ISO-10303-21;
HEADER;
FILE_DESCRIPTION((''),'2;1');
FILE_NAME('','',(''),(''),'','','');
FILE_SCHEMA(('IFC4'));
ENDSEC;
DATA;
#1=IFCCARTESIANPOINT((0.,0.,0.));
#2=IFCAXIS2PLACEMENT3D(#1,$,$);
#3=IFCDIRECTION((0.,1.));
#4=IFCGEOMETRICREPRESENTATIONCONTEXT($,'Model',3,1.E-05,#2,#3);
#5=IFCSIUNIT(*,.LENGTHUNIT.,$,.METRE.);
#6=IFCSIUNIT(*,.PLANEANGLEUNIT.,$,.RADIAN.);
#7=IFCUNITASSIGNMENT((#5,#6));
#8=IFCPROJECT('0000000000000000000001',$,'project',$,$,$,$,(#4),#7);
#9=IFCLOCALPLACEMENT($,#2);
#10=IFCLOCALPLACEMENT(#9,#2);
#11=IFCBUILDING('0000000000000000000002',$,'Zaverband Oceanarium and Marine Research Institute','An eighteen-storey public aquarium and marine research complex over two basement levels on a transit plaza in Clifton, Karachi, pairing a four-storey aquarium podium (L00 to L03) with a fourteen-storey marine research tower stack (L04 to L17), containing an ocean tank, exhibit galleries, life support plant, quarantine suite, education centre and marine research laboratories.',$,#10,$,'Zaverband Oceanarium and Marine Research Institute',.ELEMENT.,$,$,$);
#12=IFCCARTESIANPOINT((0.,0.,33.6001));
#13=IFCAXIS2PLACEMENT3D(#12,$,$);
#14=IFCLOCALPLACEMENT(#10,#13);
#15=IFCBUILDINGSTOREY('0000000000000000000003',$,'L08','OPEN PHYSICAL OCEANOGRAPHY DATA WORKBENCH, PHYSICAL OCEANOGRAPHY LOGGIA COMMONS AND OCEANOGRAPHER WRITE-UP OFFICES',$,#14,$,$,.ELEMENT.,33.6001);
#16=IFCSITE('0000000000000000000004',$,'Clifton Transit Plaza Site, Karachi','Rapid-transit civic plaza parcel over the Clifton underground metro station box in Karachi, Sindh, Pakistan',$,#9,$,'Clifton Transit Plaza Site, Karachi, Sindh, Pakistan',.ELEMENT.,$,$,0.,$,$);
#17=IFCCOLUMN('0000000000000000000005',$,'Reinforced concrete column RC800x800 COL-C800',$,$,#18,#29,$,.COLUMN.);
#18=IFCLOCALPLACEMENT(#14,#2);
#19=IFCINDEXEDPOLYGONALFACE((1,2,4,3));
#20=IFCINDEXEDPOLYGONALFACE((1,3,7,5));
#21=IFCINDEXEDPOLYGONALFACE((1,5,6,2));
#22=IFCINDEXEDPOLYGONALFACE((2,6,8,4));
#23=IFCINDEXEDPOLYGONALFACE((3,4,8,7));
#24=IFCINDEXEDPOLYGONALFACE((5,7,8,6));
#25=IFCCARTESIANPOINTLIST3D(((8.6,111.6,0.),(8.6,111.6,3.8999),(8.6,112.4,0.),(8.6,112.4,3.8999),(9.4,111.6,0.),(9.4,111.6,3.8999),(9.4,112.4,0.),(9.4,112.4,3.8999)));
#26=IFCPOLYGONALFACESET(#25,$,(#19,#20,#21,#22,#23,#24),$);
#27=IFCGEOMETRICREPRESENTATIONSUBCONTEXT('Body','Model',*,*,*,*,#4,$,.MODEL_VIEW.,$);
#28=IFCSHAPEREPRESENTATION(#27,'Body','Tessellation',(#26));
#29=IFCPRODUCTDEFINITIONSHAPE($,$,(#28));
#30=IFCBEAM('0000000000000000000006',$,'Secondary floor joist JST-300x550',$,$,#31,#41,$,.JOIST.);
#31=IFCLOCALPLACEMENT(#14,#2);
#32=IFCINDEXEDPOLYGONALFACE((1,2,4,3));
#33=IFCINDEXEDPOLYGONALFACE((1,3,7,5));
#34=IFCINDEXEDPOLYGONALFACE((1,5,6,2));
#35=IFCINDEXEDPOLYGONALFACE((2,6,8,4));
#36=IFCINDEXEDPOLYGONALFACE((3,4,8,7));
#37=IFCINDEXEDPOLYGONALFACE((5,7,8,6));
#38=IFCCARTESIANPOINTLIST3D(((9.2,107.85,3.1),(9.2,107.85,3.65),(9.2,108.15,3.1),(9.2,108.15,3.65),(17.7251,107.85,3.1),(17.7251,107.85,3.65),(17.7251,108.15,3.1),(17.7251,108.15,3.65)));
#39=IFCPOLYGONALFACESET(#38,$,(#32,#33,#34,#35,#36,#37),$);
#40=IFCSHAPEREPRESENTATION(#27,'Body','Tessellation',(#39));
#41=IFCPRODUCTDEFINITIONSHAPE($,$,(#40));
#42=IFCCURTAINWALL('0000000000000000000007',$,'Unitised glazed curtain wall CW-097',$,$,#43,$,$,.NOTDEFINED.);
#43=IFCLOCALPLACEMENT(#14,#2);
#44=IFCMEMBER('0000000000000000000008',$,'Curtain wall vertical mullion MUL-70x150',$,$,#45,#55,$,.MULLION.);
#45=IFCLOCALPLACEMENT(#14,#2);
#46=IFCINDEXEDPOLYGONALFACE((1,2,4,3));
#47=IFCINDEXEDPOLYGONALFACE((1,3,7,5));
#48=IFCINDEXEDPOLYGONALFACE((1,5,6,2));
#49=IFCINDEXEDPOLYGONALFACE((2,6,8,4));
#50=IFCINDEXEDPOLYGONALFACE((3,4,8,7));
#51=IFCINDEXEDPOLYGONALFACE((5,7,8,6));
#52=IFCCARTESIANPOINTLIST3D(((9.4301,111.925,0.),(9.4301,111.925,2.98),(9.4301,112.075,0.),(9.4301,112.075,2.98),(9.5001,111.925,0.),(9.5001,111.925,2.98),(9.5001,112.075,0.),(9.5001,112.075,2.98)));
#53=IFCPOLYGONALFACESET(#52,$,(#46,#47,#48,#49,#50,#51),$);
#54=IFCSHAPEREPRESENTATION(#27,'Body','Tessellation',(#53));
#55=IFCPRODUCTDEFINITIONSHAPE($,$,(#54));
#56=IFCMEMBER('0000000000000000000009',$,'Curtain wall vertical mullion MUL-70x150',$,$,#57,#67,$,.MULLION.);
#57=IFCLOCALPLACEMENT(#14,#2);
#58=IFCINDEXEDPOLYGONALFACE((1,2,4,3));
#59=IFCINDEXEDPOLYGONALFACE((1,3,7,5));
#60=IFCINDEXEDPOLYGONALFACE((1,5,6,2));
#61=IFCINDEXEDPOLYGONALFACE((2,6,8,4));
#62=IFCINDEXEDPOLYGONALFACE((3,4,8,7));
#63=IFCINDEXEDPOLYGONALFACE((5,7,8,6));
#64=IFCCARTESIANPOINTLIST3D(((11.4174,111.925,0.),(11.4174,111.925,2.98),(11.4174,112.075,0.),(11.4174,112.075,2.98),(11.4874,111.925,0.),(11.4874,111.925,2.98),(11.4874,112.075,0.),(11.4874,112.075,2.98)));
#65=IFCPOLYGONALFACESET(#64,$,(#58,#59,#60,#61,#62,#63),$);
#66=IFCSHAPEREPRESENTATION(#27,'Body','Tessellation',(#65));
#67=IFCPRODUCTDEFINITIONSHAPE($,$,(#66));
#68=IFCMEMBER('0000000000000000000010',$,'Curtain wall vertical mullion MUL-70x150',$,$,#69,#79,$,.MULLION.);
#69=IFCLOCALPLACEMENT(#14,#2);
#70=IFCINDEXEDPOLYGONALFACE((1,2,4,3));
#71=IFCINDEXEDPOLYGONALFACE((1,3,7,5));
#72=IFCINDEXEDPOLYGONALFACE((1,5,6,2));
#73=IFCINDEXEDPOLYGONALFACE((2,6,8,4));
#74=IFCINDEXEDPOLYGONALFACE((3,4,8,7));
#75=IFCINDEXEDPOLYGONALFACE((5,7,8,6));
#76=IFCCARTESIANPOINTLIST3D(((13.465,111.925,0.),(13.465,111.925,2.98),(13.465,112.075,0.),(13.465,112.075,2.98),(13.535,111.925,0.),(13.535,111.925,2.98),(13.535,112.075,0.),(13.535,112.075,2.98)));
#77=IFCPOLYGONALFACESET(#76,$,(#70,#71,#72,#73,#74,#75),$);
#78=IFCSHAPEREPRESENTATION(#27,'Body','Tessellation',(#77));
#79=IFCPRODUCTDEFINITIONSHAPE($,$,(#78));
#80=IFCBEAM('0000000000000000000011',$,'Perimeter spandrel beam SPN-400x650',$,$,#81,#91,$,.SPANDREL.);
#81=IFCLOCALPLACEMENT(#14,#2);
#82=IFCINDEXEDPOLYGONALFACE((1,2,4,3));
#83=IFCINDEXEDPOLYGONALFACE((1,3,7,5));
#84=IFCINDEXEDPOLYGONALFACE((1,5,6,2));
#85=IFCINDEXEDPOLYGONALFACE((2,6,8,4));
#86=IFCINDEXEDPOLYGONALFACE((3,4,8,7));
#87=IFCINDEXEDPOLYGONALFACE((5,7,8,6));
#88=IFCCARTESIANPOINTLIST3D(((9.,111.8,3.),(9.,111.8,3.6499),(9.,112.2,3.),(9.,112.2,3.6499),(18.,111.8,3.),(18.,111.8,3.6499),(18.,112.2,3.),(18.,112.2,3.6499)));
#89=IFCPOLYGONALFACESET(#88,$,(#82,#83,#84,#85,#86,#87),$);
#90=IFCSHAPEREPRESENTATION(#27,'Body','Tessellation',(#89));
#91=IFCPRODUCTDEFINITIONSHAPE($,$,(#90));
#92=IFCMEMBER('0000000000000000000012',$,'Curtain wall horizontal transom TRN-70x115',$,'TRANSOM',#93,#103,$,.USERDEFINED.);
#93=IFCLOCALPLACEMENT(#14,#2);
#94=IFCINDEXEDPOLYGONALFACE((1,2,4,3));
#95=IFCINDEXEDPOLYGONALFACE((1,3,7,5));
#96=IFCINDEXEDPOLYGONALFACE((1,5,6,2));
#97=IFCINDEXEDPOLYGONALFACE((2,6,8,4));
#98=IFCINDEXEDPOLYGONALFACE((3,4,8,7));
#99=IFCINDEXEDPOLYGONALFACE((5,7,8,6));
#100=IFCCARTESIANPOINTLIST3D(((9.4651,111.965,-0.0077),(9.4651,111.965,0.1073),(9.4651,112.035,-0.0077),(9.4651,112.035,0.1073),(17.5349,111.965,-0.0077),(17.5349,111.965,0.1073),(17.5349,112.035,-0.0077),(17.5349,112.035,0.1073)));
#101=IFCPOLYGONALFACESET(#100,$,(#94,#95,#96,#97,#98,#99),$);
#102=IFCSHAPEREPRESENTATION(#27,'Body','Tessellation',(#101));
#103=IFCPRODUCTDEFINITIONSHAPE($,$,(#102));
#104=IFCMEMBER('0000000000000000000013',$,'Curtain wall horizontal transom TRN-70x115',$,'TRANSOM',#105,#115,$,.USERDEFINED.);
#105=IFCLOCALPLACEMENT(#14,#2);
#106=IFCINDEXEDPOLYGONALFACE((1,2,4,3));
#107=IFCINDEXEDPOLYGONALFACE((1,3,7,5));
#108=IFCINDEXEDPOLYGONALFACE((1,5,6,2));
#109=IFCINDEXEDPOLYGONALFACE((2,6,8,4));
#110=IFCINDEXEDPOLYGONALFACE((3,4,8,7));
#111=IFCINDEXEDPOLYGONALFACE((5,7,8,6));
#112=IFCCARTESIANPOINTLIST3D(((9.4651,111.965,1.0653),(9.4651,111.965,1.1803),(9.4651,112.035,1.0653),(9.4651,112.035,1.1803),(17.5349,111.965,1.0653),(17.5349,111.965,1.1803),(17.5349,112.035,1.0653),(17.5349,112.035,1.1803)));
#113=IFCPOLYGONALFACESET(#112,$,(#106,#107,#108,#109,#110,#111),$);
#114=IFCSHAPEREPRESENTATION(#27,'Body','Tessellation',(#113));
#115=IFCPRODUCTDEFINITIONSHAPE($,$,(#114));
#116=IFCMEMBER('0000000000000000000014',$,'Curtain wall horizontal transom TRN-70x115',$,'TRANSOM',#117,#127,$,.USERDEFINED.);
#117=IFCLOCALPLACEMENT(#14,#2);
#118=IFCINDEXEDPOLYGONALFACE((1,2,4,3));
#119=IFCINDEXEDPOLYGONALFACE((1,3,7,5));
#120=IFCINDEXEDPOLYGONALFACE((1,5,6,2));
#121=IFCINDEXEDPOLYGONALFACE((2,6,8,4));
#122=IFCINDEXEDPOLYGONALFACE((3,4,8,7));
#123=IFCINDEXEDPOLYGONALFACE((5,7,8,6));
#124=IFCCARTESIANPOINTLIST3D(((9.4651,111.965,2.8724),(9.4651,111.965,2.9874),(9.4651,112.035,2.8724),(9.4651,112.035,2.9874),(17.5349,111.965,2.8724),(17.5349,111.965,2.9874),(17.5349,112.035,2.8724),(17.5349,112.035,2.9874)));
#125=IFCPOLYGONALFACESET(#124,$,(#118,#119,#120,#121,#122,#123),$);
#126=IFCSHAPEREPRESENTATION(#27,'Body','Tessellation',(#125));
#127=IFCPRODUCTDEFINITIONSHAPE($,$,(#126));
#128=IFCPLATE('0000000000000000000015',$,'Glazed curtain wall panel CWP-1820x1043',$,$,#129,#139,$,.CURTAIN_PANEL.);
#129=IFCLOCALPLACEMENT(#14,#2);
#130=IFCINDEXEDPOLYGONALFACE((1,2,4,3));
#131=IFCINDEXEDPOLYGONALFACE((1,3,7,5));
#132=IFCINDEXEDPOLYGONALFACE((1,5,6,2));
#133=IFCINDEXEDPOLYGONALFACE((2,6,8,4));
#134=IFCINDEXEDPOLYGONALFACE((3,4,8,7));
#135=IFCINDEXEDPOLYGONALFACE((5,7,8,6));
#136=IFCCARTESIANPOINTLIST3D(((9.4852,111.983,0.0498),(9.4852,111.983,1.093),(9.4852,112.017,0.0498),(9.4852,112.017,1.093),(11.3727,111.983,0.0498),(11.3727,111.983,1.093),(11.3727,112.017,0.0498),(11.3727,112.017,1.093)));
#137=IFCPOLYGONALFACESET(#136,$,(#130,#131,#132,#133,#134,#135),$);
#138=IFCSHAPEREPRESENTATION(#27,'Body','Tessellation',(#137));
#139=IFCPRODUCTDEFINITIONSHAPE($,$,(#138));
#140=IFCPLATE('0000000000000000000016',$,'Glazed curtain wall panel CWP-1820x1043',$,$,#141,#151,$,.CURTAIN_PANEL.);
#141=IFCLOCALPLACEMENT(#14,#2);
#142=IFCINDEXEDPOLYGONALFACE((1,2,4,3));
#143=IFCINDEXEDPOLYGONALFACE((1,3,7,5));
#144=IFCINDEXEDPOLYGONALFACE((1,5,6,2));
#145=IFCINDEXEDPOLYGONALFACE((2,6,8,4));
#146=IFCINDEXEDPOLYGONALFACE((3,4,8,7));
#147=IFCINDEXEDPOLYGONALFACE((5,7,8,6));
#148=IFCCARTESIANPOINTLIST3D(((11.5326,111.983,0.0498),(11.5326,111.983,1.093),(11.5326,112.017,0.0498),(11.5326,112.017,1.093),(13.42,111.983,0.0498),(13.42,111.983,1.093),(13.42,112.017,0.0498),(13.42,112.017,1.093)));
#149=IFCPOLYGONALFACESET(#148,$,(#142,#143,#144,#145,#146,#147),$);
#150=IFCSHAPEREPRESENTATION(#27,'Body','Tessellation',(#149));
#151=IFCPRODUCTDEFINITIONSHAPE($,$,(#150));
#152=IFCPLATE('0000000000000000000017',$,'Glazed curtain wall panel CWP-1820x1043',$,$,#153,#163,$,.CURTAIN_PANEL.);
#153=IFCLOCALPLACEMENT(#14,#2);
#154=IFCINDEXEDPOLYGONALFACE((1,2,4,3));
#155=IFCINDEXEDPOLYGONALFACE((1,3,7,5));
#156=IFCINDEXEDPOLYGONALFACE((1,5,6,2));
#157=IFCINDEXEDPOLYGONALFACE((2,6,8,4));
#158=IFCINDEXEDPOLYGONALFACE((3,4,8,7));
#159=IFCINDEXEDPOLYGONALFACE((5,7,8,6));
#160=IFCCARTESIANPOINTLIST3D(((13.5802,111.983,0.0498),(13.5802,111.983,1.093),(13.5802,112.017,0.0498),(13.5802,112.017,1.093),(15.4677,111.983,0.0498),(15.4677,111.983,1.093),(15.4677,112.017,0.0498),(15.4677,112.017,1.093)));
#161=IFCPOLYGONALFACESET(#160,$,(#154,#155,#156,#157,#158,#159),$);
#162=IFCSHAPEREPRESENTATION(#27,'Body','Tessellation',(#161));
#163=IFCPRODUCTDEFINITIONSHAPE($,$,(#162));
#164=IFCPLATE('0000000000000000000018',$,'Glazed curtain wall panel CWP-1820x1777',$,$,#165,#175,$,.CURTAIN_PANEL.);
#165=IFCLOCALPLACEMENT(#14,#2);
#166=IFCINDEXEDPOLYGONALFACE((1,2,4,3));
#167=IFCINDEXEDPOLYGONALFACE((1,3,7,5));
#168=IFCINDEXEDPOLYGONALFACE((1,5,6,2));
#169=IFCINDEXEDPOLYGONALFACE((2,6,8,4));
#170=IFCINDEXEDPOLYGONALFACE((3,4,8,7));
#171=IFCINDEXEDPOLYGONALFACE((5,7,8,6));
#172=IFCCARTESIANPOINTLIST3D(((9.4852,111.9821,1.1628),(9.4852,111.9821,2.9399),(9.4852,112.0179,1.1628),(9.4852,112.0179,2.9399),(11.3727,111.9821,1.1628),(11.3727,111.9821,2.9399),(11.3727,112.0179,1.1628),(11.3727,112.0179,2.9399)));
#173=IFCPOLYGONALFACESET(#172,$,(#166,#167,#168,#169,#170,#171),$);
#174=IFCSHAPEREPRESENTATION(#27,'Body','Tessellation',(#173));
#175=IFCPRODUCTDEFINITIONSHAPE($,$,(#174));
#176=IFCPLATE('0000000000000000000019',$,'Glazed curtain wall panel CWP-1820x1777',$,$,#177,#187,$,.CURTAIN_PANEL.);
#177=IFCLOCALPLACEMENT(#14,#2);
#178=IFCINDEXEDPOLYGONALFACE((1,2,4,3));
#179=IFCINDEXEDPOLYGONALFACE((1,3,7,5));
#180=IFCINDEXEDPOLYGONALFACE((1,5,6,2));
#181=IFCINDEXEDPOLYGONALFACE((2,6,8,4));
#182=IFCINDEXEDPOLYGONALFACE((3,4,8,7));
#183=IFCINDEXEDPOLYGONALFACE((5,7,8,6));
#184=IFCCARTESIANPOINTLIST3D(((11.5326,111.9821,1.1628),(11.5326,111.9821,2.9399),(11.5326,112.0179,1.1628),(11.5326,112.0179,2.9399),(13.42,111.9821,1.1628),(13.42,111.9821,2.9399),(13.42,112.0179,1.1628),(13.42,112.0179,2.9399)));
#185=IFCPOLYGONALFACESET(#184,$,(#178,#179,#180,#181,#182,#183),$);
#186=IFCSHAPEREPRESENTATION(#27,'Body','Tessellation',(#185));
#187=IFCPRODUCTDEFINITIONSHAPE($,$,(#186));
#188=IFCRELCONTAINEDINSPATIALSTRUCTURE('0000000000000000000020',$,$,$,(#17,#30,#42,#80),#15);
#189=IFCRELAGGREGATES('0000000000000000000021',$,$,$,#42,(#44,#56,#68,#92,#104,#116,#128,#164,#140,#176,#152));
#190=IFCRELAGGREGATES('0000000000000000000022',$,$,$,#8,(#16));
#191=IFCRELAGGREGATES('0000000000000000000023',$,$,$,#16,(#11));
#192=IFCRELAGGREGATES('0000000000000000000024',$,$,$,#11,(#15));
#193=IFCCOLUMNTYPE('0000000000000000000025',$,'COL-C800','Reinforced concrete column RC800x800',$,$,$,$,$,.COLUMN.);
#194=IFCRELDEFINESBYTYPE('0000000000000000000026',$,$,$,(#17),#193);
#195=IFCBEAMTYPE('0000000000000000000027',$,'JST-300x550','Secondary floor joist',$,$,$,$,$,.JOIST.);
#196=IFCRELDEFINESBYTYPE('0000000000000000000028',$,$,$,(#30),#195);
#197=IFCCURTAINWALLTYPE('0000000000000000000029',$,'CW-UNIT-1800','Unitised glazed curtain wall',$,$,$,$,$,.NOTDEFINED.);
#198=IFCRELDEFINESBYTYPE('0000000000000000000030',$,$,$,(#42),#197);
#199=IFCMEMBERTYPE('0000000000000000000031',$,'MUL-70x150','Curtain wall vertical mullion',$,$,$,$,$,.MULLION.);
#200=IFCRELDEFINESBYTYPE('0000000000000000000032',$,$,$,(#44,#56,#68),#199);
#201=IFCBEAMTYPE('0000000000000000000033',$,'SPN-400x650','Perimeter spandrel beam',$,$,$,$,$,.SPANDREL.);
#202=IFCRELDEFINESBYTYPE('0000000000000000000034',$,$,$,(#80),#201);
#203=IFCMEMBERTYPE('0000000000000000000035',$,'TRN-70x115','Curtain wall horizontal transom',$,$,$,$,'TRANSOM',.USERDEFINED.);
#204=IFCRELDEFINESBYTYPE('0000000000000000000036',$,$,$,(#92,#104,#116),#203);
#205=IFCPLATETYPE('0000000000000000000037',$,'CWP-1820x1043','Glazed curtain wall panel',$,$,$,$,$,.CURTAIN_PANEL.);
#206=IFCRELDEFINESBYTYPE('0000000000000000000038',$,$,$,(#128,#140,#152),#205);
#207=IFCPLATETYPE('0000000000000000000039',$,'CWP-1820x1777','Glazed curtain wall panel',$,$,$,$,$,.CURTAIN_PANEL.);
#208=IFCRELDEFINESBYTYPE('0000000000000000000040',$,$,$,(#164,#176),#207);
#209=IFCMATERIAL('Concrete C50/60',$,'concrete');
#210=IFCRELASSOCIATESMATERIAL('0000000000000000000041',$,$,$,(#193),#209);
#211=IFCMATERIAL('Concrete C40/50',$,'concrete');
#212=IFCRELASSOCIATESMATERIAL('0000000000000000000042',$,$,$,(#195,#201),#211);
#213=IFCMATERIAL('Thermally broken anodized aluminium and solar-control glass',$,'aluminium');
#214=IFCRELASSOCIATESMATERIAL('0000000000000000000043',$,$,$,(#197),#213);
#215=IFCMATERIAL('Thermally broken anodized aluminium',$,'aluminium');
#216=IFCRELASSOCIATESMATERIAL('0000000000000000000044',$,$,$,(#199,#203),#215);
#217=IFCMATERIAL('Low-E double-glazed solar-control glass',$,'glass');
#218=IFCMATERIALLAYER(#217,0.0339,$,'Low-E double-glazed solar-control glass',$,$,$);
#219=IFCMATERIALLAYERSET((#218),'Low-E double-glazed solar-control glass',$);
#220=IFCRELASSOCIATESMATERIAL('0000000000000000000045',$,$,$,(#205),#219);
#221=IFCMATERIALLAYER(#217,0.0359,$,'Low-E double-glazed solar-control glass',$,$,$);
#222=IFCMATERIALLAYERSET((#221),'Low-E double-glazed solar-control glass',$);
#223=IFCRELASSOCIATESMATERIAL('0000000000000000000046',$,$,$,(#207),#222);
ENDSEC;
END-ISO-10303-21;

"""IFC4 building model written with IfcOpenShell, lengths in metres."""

from ifc_helpers import new_model, si_unit, direction, frame, frame_2d, origin, origin_2d, place, context, subcontext, project, spatial, rectangle, extrude, material, layer, layer_set, material_profile, profile_set, type_object, element, aggregate, save


model = new_model("IFC4")

# Units and contexts
model_context = context("Model", 3, precision=1e-05, world=origin(), true_north=direction((0.0, 1.0)))
body_context = subcontext(model_context, "Body", "Model", "MODEL_VIEW")
ifc_project = project(units=[si_unit("LENGTHUNIT", "METRE"), si_unit("PLANEANGLEUNIT", "RADIAN")], contexts=[model_context])

# Site, building, storey
site_placement = place(None, origin())
site = spatial("IfcSite", under=ifc_project, at=site_placement, Name="Clifton Transit Plaza Site, Karachi", Description="Rapid-transit civic plaza parcel over the Clifton underground metro station box in Karachi, Sindh, Pakistan", LongName="Clifton Transit Plaza Site, Karachi, Sindh, Pakistan", CompositionType="ELEMENT", RefElevation=0.0)
building_placement = place(site_placement, origin())
building = spatial("IfcBuilding", under=site, at=building_placement, Name="Zaverband Oceanarium and Marine Research Institute", Description="An eighteen-storey public aquarium and marine research complex over two basement levels on a transit plaza in Clifton, Karachi, pairing a four-storey aquarium podium (L00 to L03) with a fourteen-storey marine research tower stack (L04 to L17), containing an ocean tank, exhibit galleries, life support plant, quarantine suite, education centre and marine research laboratories.", LongName="Zaverband Oceanarium and Marine Research Institute", CompositionType="ELEMENT")
storey_placement = place(building_placement, frame((0.0, 0.0, 33.6001)))
storey = spatial("IfcBuildingStorey", under=building, at=storey_placement, Name="L08", Description="OPEN PHYSICAL OCEANOGRAPHY DATA WORKBENCH, PHYSICAL OCEANOGRAPHY LOGGIA COMMONS AND OCEANOGRAPHER WRITE-UP OFFICES", CompositionType="ELEMENT", Elevation=33.6001)

# Column
ifc_material_1 = material(Name="Concrete C50/60", Category="concrete")
ifc_material_profile_1 = material_profile(ifc_material_1, rectangle(XDim=0.8, YDim=0.8, at=origin_2d()), Name="RC800x800")
ifc_profile_set_1 = profile_set([ifc_material_profile_1], Name="Concrete C50/60")
column_type = type_object("IfcColumnType", Name="COL-C800", Description="Reinforced concrete column RC800x800", PredefinedType="COLUMN", material=ifc_profile_set_1)
column_placement = place(storey_placement, frame((9.0, 112.0, 0.0), z_axis=(0.0, 0.0, 1.0), x_axis=(1.0, 0.0, 0.0)))
element("IfcColumn", 1, at=column_placement, inside=storey, type_object=column_type, Name="Reinforced concrete column RC800x800 COL-C800", PredefinedType="COLUMN", context=body_context, shape_type="SweptSolid", body=[
    extrude(rectangle(XDim=0.8, YDim=0.8, at=origin_2d()), origin(), (0.0, 0.0, 1.0), 3.8999),
])

# Beam
ifc_material_2 = material(Name="Concrete C40/50", Category="concrete")
ifc_material_profile_2 = material_profile(ifc_material_2, rectangle(XDim=0.3, YDim=0.55, at=origin_2d()), Name="RC300x550")
ifc_profile_set_2 = profile_set([ifc_material_profile_2], Name="Concrete C40/50")
beam_type_1 = type_object("IfcBeamType", Name="JST-300x550", Description="Secondary floor joist", PredefinedType="JOIST", material=ifc_profile_set_2)
beam_1_placement = place(storey_placement, frame((9.2, 108.0, 3.375), z_axis=(1.0, 0.0, 0.0), x_axis=(0.0, 1.0, 0.0)))
element("IfcBeam", 2, at=beam_1_placement, inside=storey, type_object=beam_type_1, Name="Secondary floor joist JST-300x550", PredefinedType="JOIST", context=body_context, shape_type="SweptSolid", body=[
    extrude(rectangle(XDim=0.3, YDim=0.55, at=origin_2d()), origin(), (0.0, 0.0, 1.0), 8.5251),
])

# Curtain wall, members
ifc_material_3 = material(Name="Thermally broken anodized aluminium and solar-control glass", Category="aluminium")
curtain_wall_type = type_object("IfcCurtainWallType", Name="CW-UNIT-1800", Description="Unitised glazed curtain wall", PredefinedType="NOTDEFINED", material=ifc_material_3)
curtain_wall_placement = place(storey_placement, origin())
curtain_wall = element("IfcCurtainWall", 3, at=curtain_wall_placement, inside=storey, type_object=curtain_wall_type, Name="Unitised glazed curtain wall CW-097", PredefinedType="NOTDEFINED")
ifc_material_4 = material(Name="Thermally broken anodized aluminium", Category="aluminium")
ifc_material_profile_3 = material_profile(ifc_material_4, rectangle(XDim=0.0701, YDim=0.1499, at=origin_2d()), Name="AL-MUL-70x150")
ifc_profile_set_3 = profile_set([ifc_material_profile_3], Name="Thermally broken anodized aluminium")
member_type_1 = type_object("IfcMemberType", Name="MUL-70x150", Description="Curtain wall vertical mullion", PredefinedType="MULLION", material=ifc_profile_set_3)
member_1_placement = place(storey_placement, frame((9.4651, 112.0, 0.0), z_axis=(0.0, 0.0, 1.0), x_axis=(1.0, 0.0, 0.0)))
member_1 = element("IfcMember", 4, at=member_1_placement, type_object=member_type_1, Name="Curtain wall vertical mullion MUL-70x150", PredefinedType="MULLION", context=body_context, shape_type="SweptSolid", body=[
    extrude(rectangle(XDim=0.0701, YDim=0.1499, at=origin_2d()), origin(), (0.0, 0.0, 1.0), 2.98),
])
member_2_placement = place(storey_placement, frame((11.4524, 112.0, 0.0), z_axis=(0.0, 0.0, 1.0), x_axis=(1.0, 0.0, 0.0)))
member_2 = element("IfcMember", 5, at=member_2_placement, type_object=member_type_1, Name="Curtain wall vertical mullion MUL-70x150", PredefinedType="MULLION", context=body_context, shape_type="SweptSolid", body=[
    extrude(rectangle(XDim=0.0701, YDim=0.1499, at=origin_2d()), origin(), (0.0, 0.0, 1.0), 2.98),
])
member_3_placement = place(storey_placement, frame((13.5, 112.0, 0.0), z_axis=(0.0, 0.0, 1.0), x_axis=(1.0, 0.0, 0.0)))
member_3 = element("IfcMember", 6, at=member_3_placement, type_object=member_type_1, Name="Curtain wall vertical mullion MUL-70x150", PredefinedType="MULLION", context=body_context, shape_type="SweptSolid", body=[
    extrude(rectangle(XDim=0.0701, YDim=0.1499, at=origin_2d()), origin(), (0.0, 0.0, 1.0), 2.98),
])

# Beam
ifc_material_profile_4 = material_profile(ifc_material_2, rectangle(XDim=0.3999, YDim=0.6499, at=origin_2d()), Name="RC400x650")
ifc_profile_set_4 = profile_set([ifc_material_profile_4], Name="Concrete C40/50")
beam_type_2 = type_object("IfcBeamType", Name="SPN-400x650", Description="Perimeter spandrel beam", PredefinedType="SPANDREL", material=ifc_profile_set_4)
beam_2_placement = place(storey_placement, frame((9.0, 112.0, 3.325), z_axis=(1.0, 0.0, 0.0), x_axis=(0.0, 1.0, 0.0)))
element("IfcBeam", 7, at=beam_2_placement, inside=storey, type_object=beam_type_2, Name="Perimeter spandrel beam SPN-400x650", PredefinedType="SPANDREL", context=body_context, shape_type="SweptSolid", body=[
    extrude(rectangle(XDim=0.3999, YDim=0.6499, at=origin_2d()), origin(), (0.0, 0.0, 1.0), 9.0),
])

# Members
ifc_material_profile_5 = material_profile(ifc_material_4, rectangle(XDim=0.0701, YDim=0.115, at=origin_2d()), Name="AL-TRN-70x115")
ifc_profile_set_5 = profile_set([ifc_material_profile_5], Name="Thermally broken anodized aluminium")
member_type_2 = type_object("IfcMemberType", Name="TRN-70x115", Description="Curtain wall horizontal transom", ElementType="TRANSOM", PredefinedType="USERDEFINED", material=ifc_profile_set_5)
member_4_placement = place(storey_placement, frame((9.4651, 112.0, 0.0498), z_axis=(1.0, 0.0, 0.0), x_axis=(0.0, 1.0, 0.0)))
member_4 = element("IfcMember", 8, at=member_4_placement, type_object=member_type_2, Name="Curtain wall horizontal transom TRN-70x115", ObjectType="TRANSOM", PredefinedType="USERDEFINED", context=body_context, shape_type="SweptSolid", body=[
    extrude(rectangle(XDim=0.0701, YDim=0.115, at=origin_2d()), origin(), (0.0, 0.0, 1.0), 8.0698),
])
member_5_placement = place(storey_placement, frame((9.4651, 112.0, 1.1228), z_axis=(1.0, 0.0, 0.0), x_axis=(0.0, 1.0, 0.0)))
member_5 = element("IfcMember", 9, at=member_5_placement, type_object=member_type_2, Name="Curtain wall horizontal transom TRN-70x115", ObjectType="TRANSOM", PredefinedType="USERDEFINED", context=body_context, shape_type="SweptSolid", body=[
    extrude(rectangle(XDim=0.0701, YDim=0.115, at=origin_2d()), origin(), (0.0, 0.0, 1.0), 8.0698),
])
member_6_placement = place(storey_placement, frame((9.4651, 112.0, 2.9299), z_axis=(1.0, 0.0, 0.0), x_axis=(0.0, 1.0, 0.0)))
member_6 = element("IfcMember", 10, at=member_6_placement, type_object=member_type_2, Name="Curtain wall horizontal transom TRN-70x115", ObjectType="TRANSOM", PredefinedType="USERDEFINED", context=body_context, shape_type="SweptSolid", body=[
    extrude(rectangle(XDim=0.0701, YDim=0.115, at=origin_2d()), origin(), (0.0, 0.0, 1.0), 8.0698),
])

# Plates
ifc_material_5 = material(Name="Low-E double-glazed solar-control glass", Category="glass")
ifc_layer_1 = layer(ifc_material_5, 0.0339, Name="Low-E double-glazed solar-control glass")
ifc_layer_set_1 = layer_set([ifc_layer_1], Name="Low-E double-glazed solar-control glass")
plate_type_1 = type_object("IfcPlateType", Name="CWP-1820x1043", Description="Glazed curtain wall panel", PredefinedType="CURTAIN_PANEL", material=ifc_layer_set_1)
plate_1_placement = place(storey_placement, frame((9.4851, 112.0, 0.0498), z_axis=(0.0, 0.0, 1.0), x_axis=(1.0, 0.0, 0.0)))
plate_1 = element("IfcPlate", 11, at=plate_1_placement, type_object=plate_type_1, Name="Glazed curtain wall panel CWP-1820x1043", PredefinedType="CURTAIN_PANEL", context=body_context, shape_type="SweptSolid", body=[
    extrude(rectangle(XDim=1.8875, YDim=0.0339, at=frame_2d((0.9438, 0.0))), origin(), (0.0, 0.0, 1.0), 1.0432),
])
plate_2_placement = place(storey_placement, frame((11.5325, 112.0, 0.0498), z_axis=(0.0, 0.0, 1.0), x_axis=(1.0, 0.0, 0.0)))
plate_2 = element("IfcPlate", 12, at=plate_2_placement, type_object=plate_type_1, Name="Glazed curtain wall panel CWP-1820x1043", PredefinedType="CURTAIN_PANEL", context=body_context, shape_type="SweptSolid", body=[
    extrude(rectangle(XDim=1.8875, YDim=0.0339, at=frame_2d((0.9438, 0.0))), origin(), (0.0, 0.0, 1.0), 1.0432),
])
plate_3_placement = place(storey_placement, frame((13.5801, 112.0, 0.0498), z_axis=(0.0, 0.0, 1.0), x_axis=(1.0, 0.0, 0.0)))
plate_3 = element("IfcPlate", 13, at=plate_3_placement, type_object=plate_type_1, Name="Glazed curtain wall panel CWP-1820x1043", PredefinedType="CURTAIN_PANEL", context=body_context, shape_type="SweptSolid", body=[
    extrude(rectangle(XDim=1.8875, YDim=0.0339, at=frame_2d((0.9438, 0.0))), origin(), (0.0, 0.0, 1.0), 1.0432),
])
ifc_layer_2 = layer(ifc_material_5, 0.0359, Name="Low-E double-glazed solar-control glass")
ifc_layer_set_2 = layer_set([ifc_layer_2], Name="Low-E double-glazed solar-control glass")
plate_type_2 = type_object("IfcPlateType", Name="CWP-1820x1777", Description="Glazed curtain wall panel", PredefinedType="CURTAIN_PANEL", material=ifc_layer_set_2)
plate_4_placement = place(storey_placement, frame((9.4851, 112.0, 1.1628), z_axis=(0.0, 0.0, 1.0), x_axis=(1.0, 0.0, 0.0)))
plate_4 = element("IfcPlate", 14, at=plate_4_placement, type_object=plate_type_2, Name="Glazed curtain wall panel CWP-1820x1777", PredefinedType="CURTAIN_PANEL", context=body_context, shape_type="SweptSolid", body=[
    extrude(rectangle(XDim=1.8875, YDim=0.0359, at=frame_2d((0.9438, 0.0))), origin(), (0.0, 0.0, 1.0), 1.7771),
])
plate_5_placement = place(storey_placement, frame((11.5325, 112.0, 1.1628), z_axis=(0.0, 0.0, 1.0), x_axis=(1.0, 0.0, 0.0)))
plate_5 = element("IfcPlate", 15, at=plate_5_placement, type_object=plate_type_2, Name="Glazed curtain wall panel CWP-1820x1777", PredefinedType="CURTAIN_PANEL", context=body_context, shape_type="SweptSolid", body=[
    extrude(rectangle(XDim=1.8875, YDim=0.0359, at=frame_2d((0.9438, 0.0))), origin(), (0.0, 0.0, 1.0), 1.7771),
])
aggregate(curtain_wall, [member_1, member_2, member_3, member_4, member_5, member_6, plate_1, plate_4, plate_2, plate_5, plate_3])

save(model, "model.ifc")
